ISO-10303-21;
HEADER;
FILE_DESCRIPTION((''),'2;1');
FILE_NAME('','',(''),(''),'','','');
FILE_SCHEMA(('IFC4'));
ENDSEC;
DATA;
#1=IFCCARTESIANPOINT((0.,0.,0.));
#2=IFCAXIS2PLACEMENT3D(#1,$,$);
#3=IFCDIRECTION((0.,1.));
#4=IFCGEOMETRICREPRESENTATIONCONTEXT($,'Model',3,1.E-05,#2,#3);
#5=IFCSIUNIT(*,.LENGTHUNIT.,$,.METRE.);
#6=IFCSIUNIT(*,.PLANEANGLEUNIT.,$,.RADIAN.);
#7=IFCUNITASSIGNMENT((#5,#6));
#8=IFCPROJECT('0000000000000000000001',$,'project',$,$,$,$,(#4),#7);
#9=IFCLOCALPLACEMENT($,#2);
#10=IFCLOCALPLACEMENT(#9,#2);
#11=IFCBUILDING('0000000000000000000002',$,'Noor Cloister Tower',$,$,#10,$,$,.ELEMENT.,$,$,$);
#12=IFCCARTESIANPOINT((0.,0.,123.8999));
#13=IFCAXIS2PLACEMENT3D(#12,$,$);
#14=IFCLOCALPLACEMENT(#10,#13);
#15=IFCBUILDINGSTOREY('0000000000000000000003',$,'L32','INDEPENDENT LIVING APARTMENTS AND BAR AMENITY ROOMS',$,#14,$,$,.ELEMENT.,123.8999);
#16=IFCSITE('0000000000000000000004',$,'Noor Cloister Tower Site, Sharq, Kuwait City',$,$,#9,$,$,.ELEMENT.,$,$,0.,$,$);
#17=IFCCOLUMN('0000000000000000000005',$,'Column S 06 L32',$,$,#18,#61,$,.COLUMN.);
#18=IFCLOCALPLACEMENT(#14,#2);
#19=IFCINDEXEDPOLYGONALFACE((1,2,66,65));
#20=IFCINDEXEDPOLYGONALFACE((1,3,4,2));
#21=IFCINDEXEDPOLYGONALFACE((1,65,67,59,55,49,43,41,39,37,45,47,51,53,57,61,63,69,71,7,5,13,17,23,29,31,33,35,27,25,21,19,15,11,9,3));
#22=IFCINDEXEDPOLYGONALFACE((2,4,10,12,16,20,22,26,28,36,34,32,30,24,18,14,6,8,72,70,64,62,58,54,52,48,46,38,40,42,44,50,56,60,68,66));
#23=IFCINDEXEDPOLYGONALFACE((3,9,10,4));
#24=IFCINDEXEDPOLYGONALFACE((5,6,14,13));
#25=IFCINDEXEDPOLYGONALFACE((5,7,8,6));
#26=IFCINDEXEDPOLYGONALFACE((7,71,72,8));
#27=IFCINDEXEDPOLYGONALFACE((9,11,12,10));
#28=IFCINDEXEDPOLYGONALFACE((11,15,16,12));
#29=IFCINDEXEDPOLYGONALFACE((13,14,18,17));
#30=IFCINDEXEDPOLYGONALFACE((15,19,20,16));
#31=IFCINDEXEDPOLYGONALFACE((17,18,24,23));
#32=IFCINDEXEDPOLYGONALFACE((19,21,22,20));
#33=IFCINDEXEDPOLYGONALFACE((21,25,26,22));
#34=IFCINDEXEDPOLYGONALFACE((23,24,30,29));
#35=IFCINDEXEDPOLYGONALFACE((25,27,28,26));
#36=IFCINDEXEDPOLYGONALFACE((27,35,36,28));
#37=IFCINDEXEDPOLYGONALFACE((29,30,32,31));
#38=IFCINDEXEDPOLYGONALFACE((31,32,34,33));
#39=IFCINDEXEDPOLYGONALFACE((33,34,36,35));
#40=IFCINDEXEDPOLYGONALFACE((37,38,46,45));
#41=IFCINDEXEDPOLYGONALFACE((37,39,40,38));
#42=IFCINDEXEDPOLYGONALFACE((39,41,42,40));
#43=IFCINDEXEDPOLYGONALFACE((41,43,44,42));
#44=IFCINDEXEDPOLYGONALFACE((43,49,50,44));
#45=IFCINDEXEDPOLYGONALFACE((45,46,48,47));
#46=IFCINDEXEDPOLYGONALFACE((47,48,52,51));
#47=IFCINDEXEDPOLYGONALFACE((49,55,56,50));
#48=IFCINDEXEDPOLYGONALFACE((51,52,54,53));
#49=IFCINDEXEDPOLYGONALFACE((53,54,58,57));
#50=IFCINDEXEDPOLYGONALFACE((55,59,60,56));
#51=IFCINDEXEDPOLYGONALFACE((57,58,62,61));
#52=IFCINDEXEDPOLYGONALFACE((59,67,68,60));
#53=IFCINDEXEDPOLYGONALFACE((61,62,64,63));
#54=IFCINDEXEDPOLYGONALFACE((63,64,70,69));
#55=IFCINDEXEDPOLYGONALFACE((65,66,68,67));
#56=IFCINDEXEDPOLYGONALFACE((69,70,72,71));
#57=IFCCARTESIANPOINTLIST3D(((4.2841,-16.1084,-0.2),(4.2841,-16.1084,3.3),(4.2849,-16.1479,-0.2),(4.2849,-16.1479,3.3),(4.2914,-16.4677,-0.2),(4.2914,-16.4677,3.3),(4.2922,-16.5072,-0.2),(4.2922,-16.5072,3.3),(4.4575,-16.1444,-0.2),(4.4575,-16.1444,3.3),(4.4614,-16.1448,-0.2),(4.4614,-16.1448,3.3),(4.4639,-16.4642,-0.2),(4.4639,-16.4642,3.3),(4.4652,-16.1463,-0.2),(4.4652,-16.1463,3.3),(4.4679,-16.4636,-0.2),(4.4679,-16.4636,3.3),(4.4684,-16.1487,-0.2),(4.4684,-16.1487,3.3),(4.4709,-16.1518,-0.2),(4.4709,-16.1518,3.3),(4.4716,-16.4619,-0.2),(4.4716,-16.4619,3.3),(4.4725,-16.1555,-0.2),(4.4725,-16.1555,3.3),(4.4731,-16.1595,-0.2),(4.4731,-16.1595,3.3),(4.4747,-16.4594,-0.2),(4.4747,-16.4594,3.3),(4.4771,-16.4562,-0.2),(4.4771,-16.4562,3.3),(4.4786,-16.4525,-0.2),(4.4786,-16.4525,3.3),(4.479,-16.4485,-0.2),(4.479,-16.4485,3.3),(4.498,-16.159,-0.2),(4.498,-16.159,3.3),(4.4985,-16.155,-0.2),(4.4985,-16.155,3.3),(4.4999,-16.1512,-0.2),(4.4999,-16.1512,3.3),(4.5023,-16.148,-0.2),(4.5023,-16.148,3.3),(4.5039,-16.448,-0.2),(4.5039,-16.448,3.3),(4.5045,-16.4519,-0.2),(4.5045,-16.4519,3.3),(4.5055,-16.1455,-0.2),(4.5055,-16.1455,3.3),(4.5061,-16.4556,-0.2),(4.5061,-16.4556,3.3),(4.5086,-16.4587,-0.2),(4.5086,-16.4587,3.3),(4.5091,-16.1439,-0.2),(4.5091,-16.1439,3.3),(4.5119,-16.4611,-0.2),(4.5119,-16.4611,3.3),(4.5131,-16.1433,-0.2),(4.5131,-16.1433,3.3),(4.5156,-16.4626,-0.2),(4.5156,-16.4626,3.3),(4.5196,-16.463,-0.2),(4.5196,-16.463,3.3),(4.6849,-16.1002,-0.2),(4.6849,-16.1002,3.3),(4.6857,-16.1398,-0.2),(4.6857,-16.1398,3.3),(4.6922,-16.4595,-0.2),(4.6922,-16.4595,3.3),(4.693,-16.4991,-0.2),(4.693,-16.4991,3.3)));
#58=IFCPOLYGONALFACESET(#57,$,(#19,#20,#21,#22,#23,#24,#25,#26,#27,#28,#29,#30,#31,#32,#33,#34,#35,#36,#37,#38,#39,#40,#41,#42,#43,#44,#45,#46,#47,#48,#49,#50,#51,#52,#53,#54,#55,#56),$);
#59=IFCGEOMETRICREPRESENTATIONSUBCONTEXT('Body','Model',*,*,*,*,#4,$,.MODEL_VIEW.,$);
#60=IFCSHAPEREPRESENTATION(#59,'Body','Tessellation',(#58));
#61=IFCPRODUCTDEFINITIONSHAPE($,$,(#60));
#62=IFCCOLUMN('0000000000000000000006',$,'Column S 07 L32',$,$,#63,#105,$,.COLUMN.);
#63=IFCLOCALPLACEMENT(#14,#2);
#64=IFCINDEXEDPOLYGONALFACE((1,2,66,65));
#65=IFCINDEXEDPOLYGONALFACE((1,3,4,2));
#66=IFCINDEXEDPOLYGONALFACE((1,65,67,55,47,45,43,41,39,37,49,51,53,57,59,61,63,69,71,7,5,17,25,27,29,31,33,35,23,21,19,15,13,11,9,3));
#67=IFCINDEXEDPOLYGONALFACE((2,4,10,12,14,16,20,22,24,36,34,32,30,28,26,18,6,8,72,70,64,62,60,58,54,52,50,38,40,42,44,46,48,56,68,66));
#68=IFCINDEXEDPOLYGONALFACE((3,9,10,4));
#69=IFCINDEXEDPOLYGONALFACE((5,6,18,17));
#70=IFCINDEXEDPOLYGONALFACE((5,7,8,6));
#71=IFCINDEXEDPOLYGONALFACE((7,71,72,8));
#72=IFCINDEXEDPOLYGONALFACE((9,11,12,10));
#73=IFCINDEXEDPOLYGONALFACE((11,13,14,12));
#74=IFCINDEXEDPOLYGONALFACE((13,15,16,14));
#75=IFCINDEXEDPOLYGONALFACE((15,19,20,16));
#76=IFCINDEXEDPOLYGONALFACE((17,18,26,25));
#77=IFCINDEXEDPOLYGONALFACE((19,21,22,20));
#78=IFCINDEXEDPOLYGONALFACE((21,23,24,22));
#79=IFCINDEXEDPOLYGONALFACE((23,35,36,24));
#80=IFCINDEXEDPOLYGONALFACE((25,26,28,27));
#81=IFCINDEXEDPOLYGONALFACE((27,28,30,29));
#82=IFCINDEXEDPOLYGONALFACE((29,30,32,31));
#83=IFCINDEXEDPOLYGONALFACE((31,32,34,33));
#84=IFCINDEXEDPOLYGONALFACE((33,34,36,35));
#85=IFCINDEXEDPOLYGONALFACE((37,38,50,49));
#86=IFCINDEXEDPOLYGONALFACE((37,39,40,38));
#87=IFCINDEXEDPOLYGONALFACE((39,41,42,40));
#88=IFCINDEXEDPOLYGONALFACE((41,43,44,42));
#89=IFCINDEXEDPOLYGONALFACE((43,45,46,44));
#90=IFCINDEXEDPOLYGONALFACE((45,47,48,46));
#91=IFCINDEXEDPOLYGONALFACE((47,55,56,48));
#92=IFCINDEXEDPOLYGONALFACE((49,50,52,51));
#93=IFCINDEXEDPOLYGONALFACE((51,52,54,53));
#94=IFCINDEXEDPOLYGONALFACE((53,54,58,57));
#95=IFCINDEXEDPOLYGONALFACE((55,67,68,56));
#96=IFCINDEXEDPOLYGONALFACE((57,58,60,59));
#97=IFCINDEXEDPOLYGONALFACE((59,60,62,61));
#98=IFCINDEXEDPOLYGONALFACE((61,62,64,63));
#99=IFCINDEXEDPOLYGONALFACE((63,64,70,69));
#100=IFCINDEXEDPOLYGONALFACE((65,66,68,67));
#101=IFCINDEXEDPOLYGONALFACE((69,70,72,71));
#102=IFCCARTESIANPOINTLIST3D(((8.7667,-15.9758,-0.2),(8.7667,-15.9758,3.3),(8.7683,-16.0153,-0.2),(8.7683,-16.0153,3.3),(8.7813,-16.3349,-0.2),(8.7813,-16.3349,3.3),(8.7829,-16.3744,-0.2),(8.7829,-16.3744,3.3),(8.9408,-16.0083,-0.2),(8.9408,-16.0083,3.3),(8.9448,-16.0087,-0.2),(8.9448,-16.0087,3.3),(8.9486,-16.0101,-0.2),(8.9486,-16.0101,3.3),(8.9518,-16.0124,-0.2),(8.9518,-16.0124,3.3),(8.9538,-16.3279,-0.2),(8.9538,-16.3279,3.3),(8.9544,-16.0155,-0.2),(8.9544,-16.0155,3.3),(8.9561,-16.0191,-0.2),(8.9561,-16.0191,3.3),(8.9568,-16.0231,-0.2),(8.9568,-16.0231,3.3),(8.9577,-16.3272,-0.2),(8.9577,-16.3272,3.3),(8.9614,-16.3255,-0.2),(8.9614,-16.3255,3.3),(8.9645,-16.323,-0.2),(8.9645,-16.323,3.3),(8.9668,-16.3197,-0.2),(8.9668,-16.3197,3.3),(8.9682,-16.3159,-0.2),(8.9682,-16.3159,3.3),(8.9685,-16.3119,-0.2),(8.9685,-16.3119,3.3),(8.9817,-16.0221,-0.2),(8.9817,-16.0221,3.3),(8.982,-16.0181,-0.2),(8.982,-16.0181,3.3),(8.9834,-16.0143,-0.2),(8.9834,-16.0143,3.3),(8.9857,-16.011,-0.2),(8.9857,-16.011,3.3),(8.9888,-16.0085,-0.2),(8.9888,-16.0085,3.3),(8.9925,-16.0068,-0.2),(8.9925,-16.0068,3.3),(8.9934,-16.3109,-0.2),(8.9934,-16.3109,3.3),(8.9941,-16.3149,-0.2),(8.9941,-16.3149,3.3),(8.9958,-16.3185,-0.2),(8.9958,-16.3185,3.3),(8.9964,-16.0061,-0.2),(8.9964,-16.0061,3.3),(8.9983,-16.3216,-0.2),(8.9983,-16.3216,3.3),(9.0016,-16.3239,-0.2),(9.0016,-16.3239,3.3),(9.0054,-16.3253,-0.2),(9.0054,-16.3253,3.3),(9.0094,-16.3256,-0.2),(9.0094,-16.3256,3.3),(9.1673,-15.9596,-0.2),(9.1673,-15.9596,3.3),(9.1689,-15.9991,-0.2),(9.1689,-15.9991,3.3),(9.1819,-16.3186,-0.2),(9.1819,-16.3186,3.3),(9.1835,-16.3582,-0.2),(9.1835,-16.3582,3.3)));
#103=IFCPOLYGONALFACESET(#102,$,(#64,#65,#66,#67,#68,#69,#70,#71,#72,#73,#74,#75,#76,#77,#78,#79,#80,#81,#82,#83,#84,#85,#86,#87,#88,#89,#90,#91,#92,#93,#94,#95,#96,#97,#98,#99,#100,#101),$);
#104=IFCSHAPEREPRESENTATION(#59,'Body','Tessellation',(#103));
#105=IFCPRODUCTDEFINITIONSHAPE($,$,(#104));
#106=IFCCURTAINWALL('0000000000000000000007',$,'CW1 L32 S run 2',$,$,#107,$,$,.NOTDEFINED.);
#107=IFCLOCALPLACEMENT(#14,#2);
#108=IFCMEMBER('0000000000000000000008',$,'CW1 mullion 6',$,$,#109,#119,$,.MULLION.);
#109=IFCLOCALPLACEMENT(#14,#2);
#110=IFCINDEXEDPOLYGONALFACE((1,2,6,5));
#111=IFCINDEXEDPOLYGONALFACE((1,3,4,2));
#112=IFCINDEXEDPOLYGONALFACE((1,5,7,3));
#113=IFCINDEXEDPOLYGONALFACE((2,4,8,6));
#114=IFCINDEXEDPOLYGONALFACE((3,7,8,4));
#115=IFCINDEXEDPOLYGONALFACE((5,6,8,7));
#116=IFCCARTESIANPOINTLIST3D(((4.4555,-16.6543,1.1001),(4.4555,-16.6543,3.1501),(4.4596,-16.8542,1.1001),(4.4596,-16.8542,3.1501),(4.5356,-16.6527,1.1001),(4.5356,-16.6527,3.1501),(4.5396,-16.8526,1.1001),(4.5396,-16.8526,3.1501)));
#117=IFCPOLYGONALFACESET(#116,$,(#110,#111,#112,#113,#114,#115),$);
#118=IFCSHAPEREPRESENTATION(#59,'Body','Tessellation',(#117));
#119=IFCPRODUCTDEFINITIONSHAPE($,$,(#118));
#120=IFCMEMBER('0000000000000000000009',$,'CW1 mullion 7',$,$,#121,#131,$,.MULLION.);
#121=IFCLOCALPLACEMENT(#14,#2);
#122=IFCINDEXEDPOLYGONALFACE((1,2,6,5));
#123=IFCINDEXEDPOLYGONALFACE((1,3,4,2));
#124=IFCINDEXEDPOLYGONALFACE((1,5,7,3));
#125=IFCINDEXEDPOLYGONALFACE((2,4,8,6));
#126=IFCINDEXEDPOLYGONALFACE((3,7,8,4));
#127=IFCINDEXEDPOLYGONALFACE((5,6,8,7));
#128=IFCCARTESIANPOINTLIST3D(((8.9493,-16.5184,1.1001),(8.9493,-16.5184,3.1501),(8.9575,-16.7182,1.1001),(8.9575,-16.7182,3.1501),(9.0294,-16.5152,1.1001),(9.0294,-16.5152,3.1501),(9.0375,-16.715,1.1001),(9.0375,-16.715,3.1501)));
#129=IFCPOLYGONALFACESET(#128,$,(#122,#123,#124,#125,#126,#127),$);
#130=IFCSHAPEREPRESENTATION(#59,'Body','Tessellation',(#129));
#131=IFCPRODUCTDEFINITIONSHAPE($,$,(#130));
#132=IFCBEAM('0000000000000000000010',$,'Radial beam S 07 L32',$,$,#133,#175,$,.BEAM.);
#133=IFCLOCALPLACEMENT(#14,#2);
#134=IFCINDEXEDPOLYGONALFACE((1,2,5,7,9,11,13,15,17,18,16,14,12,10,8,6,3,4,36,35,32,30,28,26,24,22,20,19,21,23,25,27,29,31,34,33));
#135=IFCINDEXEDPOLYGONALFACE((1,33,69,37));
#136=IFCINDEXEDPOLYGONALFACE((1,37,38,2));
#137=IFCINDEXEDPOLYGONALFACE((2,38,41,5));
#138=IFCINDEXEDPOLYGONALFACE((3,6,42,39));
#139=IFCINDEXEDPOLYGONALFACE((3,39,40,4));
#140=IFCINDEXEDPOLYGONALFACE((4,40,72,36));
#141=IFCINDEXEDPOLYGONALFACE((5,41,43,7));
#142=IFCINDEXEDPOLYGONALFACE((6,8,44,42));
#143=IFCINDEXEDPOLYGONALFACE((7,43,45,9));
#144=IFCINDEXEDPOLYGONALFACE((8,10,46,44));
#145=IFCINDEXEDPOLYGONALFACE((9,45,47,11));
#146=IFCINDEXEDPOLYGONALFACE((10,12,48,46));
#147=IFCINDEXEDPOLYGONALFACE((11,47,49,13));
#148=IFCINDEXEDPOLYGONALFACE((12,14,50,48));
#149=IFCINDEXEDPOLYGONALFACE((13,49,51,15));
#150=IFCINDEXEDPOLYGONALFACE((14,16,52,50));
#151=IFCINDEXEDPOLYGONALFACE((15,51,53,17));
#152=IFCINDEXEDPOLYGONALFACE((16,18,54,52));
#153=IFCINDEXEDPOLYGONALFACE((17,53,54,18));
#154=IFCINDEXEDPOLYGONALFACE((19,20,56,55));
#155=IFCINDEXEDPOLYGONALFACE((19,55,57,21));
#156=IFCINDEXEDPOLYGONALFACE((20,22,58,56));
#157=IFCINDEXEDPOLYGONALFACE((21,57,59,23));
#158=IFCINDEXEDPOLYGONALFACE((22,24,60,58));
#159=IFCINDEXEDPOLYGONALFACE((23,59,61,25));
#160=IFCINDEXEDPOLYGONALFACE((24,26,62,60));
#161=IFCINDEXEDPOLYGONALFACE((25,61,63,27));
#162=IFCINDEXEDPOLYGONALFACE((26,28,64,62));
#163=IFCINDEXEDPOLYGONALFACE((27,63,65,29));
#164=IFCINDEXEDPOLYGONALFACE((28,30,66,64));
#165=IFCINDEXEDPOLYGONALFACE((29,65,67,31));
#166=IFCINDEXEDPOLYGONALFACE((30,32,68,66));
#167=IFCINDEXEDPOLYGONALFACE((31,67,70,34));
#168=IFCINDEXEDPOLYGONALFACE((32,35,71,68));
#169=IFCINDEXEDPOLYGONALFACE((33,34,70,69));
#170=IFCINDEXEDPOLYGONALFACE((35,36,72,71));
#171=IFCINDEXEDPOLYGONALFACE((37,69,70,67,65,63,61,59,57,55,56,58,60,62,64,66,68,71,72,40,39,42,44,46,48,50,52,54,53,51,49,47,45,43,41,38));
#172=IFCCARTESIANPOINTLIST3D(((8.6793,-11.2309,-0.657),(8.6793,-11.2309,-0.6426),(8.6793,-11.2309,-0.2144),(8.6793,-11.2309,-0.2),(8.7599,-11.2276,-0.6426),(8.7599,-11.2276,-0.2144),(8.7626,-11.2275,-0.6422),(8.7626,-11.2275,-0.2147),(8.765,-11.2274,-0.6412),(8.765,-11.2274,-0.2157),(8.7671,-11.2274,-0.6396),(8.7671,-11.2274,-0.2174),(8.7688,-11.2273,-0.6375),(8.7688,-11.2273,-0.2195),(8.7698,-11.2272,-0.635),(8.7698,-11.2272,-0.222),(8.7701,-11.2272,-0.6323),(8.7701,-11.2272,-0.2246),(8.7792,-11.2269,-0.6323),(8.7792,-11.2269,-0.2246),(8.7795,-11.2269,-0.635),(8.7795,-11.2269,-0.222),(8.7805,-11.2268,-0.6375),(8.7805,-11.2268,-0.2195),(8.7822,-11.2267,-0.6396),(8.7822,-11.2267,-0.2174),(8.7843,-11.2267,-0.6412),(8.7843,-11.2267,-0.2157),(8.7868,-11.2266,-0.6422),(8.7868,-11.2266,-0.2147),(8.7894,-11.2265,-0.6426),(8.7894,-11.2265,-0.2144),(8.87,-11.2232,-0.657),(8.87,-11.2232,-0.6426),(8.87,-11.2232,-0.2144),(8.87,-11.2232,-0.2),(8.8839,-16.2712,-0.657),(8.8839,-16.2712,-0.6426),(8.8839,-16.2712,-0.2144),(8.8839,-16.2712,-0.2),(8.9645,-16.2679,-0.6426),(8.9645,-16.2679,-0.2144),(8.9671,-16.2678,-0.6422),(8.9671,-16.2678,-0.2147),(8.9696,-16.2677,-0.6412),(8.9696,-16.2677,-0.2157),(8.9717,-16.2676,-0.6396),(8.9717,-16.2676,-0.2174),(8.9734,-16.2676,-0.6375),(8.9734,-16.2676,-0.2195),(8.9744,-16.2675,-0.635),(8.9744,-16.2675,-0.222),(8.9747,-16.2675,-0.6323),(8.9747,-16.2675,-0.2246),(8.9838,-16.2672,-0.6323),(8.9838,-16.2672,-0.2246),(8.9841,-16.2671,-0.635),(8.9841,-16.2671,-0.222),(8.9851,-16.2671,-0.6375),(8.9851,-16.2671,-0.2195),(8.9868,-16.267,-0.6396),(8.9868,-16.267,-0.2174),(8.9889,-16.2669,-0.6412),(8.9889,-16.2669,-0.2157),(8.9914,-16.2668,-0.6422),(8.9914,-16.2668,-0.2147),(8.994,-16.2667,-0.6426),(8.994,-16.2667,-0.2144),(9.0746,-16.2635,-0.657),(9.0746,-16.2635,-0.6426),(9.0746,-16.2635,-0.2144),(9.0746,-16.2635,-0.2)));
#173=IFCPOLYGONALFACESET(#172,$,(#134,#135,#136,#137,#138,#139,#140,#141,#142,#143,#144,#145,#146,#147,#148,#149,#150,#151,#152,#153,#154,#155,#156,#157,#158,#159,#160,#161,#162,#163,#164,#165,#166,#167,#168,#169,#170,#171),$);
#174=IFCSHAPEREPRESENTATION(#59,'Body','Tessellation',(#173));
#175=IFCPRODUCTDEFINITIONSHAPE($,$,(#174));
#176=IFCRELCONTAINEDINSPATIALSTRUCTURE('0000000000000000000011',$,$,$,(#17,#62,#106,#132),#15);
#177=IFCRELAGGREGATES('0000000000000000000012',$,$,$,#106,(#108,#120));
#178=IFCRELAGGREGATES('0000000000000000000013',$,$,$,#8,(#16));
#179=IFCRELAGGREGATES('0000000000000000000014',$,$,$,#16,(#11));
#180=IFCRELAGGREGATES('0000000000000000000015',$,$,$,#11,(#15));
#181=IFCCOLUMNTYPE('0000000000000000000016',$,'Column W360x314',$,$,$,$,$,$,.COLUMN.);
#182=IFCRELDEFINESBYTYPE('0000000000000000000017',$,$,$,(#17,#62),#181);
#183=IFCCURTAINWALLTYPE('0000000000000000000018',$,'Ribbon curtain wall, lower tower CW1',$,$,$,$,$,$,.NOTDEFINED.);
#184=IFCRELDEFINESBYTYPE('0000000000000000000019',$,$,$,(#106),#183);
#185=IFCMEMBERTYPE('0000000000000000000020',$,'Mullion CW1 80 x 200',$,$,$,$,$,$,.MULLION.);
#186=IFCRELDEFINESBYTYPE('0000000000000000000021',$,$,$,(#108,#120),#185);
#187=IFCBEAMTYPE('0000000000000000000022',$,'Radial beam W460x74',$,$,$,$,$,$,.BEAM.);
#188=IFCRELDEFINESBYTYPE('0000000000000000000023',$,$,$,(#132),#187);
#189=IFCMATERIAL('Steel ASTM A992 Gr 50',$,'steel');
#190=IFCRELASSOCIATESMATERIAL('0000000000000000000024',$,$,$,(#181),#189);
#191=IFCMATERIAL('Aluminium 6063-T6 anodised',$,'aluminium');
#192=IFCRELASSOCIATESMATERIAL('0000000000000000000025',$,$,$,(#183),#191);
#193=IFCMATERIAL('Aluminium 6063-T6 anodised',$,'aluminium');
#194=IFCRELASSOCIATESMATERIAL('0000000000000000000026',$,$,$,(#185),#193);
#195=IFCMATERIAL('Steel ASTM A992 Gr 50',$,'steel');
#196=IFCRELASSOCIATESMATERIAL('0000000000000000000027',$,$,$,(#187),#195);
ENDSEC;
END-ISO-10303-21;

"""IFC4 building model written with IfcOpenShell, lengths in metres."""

from ifc_helpers import new_model, si_unit, direction, frame, origin, origin_2d, place, context, subcontext, project, spatial, rectangle, i_section, extrude, material, material_profile, profile_set, type_object, element, aggregate, save


model = new_model("IFC4")

# Units and contexts
model_context = context("Model", 3, precision=1e-05, world=origin(), true_north=direction((0.0, 1.0)))
body_context = subcontext(model_context, "Body", "Model", "MODEL_VIEW")
ifc_project = project(units=[si_unit("LENGTHUNIT", "METRE"), si_unit("PLANEANGLEUNIT", "RADIAN")], contexts=[model_context])

# Site, building, storey
site_placement = place(None, origin())
site = spatial("IfcSite", under=ifc_project, at=site_placement, Name="Noor Cloister Tower Site, Sharq, Kuwait City", CompositionType="ELEMENT", RefElevation=0.0)
building_placement = place(site_placement, origin())
building = spatial("IfcBuilding", under=site, at=building_placement, Name="Noor Cloister Tower", CompositionType="ELEMENT")
storey_placement = place(building_placement, frame((0.0, 0.0, 123.8999)))
storey = spatial("IfcBuildingStorey", under=building, at=storey_placement, Name="L32", Description="INDEPENDENT LIVING APARTMENTS AND BAR AMENITY ROOMS", CompositionType="ELEMENT", Elevation=123.8999)

# Columns
ifc_material_1 = material(Name="Steel ASTM A992 Gr 50", Category="steel")
ifc_material_profile_1 = material_profile(ifc_material_1, i_section(OverallWidth=0.4009, OverallDepth=0.3989, WebThickness=0.0249, FlangeThickness=0.0396, FilletRadius=0.0154, at=origin_2d()), Name="W360x314")
ifc_profile_set_1 = profile_set([ifc_material_profile_1], Name="Steel ASTM A992 Gr 50")
column_type = type_object("IfcColumnType", Name="Column W360x314", PredefinedType="COLUMN", material=ifc_profile_set_1)
for number, where, z_axis, x_axis, name in (
    (1, (4.4885, -16.3037, -0.2), (0.0, 0.0, 1.0), (0.999794, 0.020293, 0.0), "Column S 06 L32"),
    (2, (8.9751, -16.167, -0.2), (0.0, 0.0, 1.0), (0.999176, 0.040578, 0.0), "Column S 07 L32"),
):
    element("IfcColumn", number, at=place(storey_placement, frame(where, z_axis=z_axis, x_axis=x_axis)), inside=storey, type_object=column_type, Name=name, PredefinedType="COLUMN", context=body_context, shape_type="SweptSolid", body=[
        extrude(i_section(OverallWidth=0.4009, OverallDepth=0.3989, WebThickness=0.0249, FlangeThickness=0.0396, FilletRadius=0.0154, at=origin_2d()), origin(), (0.0, 0.0, 1.0), 3.5),
    ])

# Curtain wall, members
ifc_material_2 = material(Name="Aluminium 6063-T6 anodised", Category="aluminium")
curtain_wall_type = type_object("IfcCurtainWallType", Name="Ribbon curtain wall, lower tower CW1", PredefinedType="NOTDEFINED", material=ifc_material_2)
curtain_wall_placement = place(storey_placement, origin())
curtain_wall = element("IfcCurtainWall", 3, at=curtain_wall_placement, inside=storey, type_object=curtain_wall_type, Name="CW1 L32 S run 2", PredefinedType="NOTDEFINED")
ifc_material_3 = material(Name="Aluminium 6063-T6 anodised", Category="aluminium")
ifc_material_profile_2 = material_profile(ifc_material_3, rectangle(XDim=0.2, YDim=0.0801, at=origin_2d()), Name="200 x 80 mullion")
ifc_profile_set_2 = profile_set([ifc_material_profile_2], Name="Aluminium 6063-T6 anodised")
member_type = type_object("IfcMemberType", Name="Mullion CW1 80 x 200", PredefinedType="MULLION", material=ifc_profile_set_2)
member_1_placement = place(storey_placement, frame((4.4976, -16.7534, 1.1001), z_axis=(0.0, 0.0, 1.0), x_axis=(-0.020293, 0.999794, 0.0)))
member_1 = element("IfcMember", 4, at=member_1_placement, type_object=member_type, Name="CW1 mullion 6", PredefinedType="MULLION", context=body_context, shape_type="SweptSolid", body=[
    extrude(rectangle(XDim=0.2, YDim=0.0801, at=origin_2d()), origin(), (0.0, 0.0, 1.0), 2.05),
])
member_2_placement = place(storey_placement, frame((8.9934, -16.6167, 1.1001), z_axis=(0.0, 0.0, 1.0), x_axis=(-0.040578, 0.999176, 0.0)))
member_2 = element("IfcMember", 5, at=member_2_placement, type_object=member_type, Name="CW1 mullion 7", PredefinedType="MULLION", context=body_context, shape_type="SweptSolid", body=[
    extrude(rectangle(XDim=0.2, YDim=0.0801, at=origin_2d()), origin(), (0.0, 0.0, 1.0), 2.05),
])

# Beam
ifc_material_4 = material(Name="Steel ASTM A992 Gr 50", Category="steel")
ifc_material_profile_3 = material_profile(ifc_material_4, i_section(OverallWidth=0.1909, OverallDepth=0.457, WebThickness=0.009, FlangeThickness=0.0144, FilletRadius=0.0103, at=origin_2d()), Name="W460x74")
ifc_profile_set_3 = profile_set([ifc_material_profile_3], Name="Steel ASTM A992 Gr 50")
beam_type_1 = type_object("IfcBeamType", Name="Radial beam W460x74", PredefinedType="BEAM", material=ifc_profile_set_3)
beam_1_placement = place(storey_placement, frame((8.9792, -16.2673, -0.4285), z_axis=(-0.040558, 0.999177, 0.0), x_axis=(-0.999177, -0.040558, 0.0)))
element("IfcBeam", 6, at=beam_1_placement, inside=storey, type_object=beam_type_1, Name="Radial beam S 07 L32", PredefinedType="BEAM", context=body_context, shape_type="SweptSolid", body=[
    extrude(i_section(OverallWidth=0.1909, OverallDepth=0.457, WebThickness=0.009, FlangeThickness=0.0144, FilletRadius=0.0103, at=origin_2d()), origin(), (0.0, 0.0, 1.0), 5.0444),
])

aggregate(curtain_wall, [member_1, member_2])

save(model, "model.ifc")
